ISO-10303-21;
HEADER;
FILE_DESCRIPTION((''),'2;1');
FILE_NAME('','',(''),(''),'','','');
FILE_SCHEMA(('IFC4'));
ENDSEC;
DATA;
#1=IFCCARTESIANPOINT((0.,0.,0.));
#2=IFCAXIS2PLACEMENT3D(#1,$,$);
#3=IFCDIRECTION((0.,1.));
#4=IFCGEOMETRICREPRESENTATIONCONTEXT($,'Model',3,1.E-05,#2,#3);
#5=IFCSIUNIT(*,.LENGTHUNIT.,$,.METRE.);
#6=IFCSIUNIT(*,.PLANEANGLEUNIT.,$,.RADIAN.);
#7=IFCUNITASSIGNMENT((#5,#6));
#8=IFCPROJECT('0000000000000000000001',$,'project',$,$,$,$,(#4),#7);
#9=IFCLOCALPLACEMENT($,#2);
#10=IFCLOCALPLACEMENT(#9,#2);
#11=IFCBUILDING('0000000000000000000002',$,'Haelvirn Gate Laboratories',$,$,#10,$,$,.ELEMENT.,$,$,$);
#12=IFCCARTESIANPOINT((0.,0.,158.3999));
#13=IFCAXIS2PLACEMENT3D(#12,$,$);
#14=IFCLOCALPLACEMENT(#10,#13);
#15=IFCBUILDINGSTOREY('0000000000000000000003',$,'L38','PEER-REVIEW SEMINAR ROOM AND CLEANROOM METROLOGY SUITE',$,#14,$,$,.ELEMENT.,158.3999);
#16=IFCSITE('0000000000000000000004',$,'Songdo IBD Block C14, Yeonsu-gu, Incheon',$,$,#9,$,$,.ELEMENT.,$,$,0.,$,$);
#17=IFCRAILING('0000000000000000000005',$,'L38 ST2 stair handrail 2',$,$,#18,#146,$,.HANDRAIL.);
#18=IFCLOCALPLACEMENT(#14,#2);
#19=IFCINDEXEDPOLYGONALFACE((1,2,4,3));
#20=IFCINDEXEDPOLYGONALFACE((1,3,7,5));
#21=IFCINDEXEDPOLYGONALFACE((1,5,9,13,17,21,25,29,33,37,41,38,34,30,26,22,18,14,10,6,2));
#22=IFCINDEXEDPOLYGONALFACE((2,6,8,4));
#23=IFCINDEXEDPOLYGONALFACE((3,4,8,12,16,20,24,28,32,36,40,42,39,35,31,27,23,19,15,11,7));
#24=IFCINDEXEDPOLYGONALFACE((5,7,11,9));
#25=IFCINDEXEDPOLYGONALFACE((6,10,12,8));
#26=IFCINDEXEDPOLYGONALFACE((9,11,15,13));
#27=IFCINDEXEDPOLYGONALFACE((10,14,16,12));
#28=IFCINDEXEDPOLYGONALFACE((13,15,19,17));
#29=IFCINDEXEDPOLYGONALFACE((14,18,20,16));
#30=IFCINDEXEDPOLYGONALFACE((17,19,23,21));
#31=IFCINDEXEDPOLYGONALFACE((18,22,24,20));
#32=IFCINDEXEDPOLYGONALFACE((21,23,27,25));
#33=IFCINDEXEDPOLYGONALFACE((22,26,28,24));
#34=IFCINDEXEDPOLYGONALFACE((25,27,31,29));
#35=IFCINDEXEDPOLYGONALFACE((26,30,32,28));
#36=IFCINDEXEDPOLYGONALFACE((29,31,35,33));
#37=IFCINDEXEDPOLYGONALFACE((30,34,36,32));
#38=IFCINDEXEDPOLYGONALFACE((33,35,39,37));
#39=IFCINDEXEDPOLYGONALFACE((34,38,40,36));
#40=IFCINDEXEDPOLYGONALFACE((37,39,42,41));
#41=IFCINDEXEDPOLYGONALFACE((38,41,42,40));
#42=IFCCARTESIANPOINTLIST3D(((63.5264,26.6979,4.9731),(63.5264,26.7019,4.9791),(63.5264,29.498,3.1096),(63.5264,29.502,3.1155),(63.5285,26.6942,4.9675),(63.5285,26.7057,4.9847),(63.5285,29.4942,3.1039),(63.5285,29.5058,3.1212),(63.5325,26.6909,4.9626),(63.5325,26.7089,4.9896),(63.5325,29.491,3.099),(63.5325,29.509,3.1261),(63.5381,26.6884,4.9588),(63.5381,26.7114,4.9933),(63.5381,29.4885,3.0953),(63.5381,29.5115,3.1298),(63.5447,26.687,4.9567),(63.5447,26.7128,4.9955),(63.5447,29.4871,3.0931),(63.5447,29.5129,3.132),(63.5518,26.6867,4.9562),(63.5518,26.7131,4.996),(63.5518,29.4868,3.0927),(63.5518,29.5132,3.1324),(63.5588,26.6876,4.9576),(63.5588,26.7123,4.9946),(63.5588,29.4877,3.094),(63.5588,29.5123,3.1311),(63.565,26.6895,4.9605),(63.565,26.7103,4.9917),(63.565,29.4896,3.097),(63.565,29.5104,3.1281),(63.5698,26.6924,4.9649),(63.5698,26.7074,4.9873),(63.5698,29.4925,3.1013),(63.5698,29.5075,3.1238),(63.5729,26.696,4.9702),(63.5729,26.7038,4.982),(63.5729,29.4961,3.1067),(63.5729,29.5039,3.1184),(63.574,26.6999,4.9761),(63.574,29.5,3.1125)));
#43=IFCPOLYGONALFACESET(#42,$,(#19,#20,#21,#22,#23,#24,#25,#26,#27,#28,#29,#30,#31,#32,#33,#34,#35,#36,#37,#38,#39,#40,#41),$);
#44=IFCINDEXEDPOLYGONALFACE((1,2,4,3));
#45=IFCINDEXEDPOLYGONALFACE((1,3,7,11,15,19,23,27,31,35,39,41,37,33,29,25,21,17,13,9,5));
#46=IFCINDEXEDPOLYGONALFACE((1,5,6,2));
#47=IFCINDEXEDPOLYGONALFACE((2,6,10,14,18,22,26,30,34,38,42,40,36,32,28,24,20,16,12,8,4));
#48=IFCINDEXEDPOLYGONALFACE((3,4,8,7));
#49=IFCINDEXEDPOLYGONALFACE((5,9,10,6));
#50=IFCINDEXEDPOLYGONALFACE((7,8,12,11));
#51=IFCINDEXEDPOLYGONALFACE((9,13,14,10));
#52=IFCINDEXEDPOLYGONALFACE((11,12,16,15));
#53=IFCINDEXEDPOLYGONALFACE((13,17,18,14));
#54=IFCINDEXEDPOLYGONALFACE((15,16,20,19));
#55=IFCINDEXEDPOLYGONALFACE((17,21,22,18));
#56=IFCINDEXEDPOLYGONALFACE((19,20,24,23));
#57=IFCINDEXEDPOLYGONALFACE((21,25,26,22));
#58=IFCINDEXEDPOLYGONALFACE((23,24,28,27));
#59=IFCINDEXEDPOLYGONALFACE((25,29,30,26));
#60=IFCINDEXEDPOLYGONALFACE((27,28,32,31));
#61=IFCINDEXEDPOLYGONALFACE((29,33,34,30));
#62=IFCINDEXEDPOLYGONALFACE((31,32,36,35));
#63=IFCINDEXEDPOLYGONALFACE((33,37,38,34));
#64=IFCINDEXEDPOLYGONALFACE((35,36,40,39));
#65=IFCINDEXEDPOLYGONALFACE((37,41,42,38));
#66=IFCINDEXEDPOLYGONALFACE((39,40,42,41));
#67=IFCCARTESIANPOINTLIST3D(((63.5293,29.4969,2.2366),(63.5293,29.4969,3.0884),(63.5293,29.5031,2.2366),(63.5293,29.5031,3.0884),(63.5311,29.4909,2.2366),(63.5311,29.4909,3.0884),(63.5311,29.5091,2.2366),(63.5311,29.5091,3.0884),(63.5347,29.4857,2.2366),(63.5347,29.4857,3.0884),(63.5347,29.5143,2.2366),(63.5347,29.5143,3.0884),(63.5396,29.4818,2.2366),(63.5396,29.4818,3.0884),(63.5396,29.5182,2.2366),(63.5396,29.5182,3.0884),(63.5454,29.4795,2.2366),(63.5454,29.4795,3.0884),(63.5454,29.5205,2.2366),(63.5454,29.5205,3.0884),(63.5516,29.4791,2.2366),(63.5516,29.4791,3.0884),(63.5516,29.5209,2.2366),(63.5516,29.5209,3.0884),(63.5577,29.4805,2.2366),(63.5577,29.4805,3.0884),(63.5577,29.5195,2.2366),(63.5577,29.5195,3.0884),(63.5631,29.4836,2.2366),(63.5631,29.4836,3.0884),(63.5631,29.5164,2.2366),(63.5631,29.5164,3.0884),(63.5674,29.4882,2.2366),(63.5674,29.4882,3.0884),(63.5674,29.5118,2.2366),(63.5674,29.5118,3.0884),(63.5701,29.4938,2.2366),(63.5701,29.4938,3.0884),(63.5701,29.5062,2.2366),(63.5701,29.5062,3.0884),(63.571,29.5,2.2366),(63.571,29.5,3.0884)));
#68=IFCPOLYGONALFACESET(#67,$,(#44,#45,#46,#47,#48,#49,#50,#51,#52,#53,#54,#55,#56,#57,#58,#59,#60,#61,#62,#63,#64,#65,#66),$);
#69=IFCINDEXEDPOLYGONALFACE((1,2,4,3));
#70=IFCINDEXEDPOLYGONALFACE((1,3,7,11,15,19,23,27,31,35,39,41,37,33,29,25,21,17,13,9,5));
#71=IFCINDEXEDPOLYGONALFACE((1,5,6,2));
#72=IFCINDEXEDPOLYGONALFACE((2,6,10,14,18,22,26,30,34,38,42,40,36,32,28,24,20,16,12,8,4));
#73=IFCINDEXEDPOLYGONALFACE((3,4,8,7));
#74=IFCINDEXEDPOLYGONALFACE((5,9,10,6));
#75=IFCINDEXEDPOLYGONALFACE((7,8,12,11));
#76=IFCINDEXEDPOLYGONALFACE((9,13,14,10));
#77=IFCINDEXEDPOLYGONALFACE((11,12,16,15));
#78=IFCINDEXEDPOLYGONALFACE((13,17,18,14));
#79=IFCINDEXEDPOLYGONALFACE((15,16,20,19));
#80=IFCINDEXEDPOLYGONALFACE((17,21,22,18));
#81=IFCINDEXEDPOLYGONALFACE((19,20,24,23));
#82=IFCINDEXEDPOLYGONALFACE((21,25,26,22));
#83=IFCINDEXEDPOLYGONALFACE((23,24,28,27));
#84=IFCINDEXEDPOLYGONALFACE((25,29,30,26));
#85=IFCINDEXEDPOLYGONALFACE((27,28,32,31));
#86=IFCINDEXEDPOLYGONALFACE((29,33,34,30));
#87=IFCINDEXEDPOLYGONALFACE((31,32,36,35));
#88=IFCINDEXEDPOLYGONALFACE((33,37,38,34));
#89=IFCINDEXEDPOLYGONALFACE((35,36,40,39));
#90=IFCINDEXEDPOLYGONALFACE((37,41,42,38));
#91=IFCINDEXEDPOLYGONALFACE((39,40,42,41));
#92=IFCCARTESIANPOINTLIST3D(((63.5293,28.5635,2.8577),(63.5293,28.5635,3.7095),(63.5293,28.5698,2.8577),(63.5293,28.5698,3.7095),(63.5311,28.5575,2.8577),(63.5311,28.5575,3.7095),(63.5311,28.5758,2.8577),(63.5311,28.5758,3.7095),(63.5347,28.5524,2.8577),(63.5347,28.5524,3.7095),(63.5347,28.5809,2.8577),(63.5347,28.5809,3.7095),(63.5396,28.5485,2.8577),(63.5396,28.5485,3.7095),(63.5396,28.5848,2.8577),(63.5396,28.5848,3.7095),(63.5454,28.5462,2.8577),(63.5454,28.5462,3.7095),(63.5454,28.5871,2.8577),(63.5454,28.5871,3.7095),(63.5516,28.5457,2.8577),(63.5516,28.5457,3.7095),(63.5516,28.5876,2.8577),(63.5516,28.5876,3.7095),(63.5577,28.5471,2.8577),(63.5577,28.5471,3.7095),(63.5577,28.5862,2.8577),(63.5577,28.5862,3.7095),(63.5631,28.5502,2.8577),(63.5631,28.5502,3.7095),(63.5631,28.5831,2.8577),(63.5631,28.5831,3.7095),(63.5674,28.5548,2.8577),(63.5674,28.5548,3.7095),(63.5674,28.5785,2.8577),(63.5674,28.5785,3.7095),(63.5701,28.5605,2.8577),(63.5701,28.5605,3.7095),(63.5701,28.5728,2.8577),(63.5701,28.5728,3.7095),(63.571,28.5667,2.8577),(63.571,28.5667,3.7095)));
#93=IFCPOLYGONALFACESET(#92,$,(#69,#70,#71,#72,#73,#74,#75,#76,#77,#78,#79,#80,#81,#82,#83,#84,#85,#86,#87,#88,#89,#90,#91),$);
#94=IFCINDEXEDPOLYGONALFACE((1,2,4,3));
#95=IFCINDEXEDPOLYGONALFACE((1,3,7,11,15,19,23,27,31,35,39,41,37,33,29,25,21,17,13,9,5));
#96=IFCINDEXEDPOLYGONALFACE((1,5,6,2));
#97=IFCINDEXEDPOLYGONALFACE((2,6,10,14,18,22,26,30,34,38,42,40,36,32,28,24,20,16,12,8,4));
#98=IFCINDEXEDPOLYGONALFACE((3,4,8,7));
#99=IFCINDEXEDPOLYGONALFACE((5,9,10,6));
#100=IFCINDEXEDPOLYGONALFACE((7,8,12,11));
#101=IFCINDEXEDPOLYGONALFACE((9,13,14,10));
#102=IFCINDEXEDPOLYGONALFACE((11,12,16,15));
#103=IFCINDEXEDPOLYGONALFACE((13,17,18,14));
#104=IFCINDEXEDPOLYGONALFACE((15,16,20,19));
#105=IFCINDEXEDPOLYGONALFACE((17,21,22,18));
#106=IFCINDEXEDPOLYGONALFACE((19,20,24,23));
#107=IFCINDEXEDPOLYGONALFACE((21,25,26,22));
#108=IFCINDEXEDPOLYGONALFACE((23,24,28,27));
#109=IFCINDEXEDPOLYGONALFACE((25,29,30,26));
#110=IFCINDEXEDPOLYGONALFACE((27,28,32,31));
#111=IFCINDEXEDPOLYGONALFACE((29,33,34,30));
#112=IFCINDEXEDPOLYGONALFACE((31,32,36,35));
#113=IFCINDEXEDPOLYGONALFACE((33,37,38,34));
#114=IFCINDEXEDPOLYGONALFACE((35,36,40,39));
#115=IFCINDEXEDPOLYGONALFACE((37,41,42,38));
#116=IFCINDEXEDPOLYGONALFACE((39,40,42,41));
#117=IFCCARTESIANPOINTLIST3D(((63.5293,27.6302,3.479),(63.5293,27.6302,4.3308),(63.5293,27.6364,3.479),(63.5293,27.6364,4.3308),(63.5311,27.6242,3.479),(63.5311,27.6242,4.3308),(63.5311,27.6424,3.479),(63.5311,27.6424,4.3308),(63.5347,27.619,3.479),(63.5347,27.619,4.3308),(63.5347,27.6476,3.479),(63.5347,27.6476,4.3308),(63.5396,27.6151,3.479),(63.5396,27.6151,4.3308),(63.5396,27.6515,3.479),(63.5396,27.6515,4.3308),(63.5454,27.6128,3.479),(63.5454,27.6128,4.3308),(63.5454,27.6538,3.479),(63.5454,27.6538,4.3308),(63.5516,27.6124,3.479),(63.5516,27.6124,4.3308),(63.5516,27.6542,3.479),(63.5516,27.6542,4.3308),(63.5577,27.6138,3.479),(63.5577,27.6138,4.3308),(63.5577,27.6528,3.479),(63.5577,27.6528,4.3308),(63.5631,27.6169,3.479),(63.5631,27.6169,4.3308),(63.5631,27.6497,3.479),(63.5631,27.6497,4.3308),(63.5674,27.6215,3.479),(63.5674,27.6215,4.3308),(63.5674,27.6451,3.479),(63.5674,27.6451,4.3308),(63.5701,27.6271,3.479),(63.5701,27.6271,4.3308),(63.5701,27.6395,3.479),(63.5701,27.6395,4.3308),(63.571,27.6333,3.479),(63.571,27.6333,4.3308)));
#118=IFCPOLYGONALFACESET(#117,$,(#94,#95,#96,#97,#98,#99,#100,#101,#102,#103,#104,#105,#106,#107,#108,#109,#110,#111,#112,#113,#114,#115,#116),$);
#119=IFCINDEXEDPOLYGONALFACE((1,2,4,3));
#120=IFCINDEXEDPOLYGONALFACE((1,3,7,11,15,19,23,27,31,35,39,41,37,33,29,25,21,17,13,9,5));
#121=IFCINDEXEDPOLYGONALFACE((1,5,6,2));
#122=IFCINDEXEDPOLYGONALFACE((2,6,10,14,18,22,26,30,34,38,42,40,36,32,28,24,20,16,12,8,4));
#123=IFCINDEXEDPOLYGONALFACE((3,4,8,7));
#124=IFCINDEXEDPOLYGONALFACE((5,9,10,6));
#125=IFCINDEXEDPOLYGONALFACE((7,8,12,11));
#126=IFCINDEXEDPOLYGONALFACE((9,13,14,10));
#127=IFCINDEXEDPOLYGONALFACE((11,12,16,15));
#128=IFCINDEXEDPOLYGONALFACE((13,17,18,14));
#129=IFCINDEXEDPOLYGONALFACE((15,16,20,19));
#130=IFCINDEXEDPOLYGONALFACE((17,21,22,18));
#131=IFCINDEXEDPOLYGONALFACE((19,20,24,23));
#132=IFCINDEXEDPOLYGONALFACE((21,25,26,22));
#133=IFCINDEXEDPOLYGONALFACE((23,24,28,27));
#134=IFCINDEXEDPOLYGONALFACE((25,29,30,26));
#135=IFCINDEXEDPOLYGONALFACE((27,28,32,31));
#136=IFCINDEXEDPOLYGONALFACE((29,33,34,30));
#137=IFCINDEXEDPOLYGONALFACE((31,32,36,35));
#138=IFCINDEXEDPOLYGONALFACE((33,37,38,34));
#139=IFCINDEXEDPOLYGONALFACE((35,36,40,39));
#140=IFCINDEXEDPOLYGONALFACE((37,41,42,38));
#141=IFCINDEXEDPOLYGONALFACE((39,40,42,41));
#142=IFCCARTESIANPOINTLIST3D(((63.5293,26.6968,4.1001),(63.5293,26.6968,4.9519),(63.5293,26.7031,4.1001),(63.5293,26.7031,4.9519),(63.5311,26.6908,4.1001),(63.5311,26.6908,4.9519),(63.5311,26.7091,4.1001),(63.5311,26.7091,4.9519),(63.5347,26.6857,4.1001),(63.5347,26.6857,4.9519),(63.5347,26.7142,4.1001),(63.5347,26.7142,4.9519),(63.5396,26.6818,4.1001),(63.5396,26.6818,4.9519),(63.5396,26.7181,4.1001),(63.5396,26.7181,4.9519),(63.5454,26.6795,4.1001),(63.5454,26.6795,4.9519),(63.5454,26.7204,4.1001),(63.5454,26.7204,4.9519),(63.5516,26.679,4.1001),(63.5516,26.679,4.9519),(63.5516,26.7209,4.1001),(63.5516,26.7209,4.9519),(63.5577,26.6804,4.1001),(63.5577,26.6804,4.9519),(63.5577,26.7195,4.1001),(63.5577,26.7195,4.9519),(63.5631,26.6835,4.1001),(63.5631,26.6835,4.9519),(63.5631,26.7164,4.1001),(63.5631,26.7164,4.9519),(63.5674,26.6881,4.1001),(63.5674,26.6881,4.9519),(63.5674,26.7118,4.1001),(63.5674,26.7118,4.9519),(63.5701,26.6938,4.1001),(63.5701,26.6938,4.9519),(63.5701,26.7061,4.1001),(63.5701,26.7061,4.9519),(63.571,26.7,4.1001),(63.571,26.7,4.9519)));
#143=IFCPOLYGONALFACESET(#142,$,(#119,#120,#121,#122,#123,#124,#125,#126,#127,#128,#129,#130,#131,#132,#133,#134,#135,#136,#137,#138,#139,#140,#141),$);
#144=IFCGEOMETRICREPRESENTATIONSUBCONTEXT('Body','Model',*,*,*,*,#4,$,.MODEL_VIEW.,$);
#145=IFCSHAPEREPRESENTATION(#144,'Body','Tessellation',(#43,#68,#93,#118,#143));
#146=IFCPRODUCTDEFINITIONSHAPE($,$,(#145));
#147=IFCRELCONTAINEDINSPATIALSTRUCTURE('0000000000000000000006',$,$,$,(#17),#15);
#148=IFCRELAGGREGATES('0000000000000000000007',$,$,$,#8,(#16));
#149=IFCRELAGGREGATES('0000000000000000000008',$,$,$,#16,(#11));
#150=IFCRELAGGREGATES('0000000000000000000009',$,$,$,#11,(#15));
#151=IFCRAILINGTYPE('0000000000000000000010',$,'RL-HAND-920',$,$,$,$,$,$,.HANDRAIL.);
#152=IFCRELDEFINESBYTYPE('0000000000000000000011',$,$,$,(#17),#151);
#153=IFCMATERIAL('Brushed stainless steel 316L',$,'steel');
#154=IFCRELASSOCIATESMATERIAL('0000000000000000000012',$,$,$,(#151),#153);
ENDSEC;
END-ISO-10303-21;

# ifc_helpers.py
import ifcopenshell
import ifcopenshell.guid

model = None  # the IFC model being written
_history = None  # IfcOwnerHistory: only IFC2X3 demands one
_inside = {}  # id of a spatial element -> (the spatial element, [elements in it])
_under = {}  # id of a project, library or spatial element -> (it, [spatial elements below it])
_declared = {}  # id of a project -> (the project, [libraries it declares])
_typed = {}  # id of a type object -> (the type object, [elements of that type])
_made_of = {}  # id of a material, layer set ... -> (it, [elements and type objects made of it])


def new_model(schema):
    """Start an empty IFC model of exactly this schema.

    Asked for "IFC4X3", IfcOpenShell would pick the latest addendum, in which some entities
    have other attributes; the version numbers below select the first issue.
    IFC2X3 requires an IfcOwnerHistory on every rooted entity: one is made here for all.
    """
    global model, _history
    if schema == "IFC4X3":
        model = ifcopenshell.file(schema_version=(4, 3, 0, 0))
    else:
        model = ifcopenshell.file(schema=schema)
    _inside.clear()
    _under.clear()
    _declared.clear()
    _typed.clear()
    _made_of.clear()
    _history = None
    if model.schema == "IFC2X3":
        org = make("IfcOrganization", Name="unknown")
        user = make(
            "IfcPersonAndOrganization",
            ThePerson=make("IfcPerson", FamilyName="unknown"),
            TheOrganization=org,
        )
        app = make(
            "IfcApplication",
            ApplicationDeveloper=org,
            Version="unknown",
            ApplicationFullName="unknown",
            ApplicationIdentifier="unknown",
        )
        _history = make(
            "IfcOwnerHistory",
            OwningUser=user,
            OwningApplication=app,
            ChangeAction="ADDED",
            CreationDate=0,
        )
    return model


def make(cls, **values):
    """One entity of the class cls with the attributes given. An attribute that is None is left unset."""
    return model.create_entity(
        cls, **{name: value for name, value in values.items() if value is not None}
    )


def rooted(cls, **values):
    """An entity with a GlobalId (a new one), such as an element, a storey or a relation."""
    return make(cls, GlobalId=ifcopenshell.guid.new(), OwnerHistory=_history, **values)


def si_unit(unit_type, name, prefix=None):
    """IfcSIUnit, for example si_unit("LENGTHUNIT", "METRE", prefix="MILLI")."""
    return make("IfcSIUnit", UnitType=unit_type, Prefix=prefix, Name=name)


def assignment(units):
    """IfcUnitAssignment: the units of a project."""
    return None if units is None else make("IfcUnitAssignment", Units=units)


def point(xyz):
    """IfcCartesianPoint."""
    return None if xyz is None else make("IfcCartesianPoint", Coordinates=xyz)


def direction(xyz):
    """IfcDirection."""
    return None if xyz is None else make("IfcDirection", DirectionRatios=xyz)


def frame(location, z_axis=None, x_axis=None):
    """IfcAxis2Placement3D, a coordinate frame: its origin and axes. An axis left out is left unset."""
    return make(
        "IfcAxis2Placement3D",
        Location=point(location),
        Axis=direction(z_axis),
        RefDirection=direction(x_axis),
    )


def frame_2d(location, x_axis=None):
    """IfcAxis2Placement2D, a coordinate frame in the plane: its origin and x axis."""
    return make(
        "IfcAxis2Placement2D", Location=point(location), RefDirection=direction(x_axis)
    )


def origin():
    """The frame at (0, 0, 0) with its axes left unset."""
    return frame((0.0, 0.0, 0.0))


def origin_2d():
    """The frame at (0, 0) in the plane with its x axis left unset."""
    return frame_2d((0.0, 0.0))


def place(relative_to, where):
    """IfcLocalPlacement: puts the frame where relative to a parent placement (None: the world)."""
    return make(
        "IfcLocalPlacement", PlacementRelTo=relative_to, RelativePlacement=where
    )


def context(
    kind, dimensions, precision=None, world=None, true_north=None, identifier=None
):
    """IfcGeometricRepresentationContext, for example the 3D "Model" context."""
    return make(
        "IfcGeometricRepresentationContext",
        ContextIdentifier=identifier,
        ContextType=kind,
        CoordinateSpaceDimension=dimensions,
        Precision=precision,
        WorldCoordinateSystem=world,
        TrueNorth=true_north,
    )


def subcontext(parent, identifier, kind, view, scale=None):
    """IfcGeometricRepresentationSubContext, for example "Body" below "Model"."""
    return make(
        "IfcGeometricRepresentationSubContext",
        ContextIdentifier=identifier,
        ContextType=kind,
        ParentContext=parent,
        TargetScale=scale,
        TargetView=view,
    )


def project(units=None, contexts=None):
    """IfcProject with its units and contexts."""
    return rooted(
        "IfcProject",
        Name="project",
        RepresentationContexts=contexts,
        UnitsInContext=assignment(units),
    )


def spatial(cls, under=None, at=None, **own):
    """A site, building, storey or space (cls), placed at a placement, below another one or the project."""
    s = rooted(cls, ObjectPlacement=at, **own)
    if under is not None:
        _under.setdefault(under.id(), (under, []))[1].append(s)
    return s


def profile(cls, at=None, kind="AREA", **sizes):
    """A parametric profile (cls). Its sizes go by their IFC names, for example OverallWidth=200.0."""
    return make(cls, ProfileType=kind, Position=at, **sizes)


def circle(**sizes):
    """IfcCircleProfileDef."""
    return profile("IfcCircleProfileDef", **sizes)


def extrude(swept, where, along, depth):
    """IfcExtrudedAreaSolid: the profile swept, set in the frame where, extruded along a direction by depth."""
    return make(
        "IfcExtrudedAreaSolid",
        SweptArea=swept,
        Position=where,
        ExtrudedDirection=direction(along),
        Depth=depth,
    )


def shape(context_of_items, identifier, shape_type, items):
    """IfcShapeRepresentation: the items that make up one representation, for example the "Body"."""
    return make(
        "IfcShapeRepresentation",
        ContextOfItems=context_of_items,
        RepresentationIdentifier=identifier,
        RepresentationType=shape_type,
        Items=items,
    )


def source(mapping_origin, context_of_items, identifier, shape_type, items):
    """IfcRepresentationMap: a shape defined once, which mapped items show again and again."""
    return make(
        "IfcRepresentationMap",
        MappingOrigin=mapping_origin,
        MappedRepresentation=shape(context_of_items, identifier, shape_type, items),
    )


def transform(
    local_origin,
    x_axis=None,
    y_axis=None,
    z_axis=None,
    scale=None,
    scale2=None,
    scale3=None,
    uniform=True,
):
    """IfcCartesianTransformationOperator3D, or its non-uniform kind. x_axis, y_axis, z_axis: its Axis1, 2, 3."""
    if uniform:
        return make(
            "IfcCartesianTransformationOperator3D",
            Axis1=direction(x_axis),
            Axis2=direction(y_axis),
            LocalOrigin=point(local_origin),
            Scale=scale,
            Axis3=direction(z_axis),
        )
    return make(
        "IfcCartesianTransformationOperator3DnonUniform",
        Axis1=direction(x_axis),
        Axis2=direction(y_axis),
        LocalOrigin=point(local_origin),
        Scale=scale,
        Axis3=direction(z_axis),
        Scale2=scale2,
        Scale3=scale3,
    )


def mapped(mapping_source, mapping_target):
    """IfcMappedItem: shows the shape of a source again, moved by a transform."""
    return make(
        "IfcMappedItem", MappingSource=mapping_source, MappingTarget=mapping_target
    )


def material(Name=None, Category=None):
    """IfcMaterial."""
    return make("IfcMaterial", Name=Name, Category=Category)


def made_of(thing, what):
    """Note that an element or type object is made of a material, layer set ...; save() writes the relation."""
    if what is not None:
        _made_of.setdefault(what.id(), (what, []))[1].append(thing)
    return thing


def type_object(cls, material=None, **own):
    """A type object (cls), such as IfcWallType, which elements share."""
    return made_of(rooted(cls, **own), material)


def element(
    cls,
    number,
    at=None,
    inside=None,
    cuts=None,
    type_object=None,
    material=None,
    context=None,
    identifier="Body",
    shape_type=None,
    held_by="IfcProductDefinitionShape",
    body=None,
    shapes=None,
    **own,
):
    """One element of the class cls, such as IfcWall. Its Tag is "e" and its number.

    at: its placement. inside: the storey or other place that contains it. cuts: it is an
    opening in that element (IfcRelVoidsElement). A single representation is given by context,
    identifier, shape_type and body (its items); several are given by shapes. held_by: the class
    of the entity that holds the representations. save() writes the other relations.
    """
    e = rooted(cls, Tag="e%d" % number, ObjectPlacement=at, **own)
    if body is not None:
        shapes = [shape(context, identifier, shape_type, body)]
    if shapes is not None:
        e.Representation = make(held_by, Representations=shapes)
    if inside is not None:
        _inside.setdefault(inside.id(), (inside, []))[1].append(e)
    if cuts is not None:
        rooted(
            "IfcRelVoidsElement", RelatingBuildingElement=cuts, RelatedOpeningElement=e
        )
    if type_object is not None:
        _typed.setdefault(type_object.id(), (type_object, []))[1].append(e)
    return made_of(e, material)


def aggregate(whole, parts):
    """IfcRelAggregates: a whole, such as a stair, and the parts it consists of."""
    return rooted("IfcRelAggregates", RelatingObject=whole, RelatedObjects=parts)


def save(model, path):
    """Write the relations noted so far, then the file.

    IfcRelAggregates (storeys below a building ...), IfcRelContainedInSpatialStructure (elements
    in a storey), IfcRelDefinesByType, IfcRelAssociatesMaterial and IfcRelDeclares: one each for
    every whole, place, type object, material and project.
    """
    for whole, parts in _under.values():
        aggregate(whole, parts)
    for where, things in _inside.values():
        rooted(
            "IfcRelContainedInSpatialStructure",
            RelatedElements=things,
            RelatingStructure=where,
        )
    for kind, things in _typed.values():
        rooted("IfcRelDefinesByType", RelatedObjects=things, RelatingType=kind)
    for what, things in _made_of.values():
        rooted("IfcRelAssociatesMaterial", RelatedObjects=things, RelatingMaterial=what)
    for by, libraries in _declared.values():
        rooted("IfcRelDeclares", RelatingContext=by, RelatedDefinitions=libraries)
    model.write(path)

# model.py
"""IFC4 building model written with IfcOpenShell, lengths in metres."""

from ifc_helpers import new_model, si_unit, direction, frame, origin, origin_2d, place, context, subcontext, project, spatial, circle, extrude, source, transform, mapped, material, type_object, element, save


model = new_model("IFC4")

# Units and contexts
model_context = context("Model", 3, precision=1e-05, world=origin(), true_north=direction((0.0, 1.0)))
body_context = subcontext(model_context, "Body", "Model", "MODEL_VIEW")
ifc_project = project(units=[si_unit("LENGTHUNIT", "METRE"), si_unit("PLANEANGLEUNIT", "RADIAN")], contexts=[model_context])

# Site, building, storey
site_placement = place(None, origin())
site = spatial("IfcSite", under=ifc_project, at=site_placement, Name="Songdo IBD Block C14, Yeonsu-gu, Incheon", CompositionType="ELEMENT", RefElevation=0.0)
building_placement = place(site_placement, origin())
building = spatial("IfcBuilding", under=site, at=building_placement, Name="Haelvirn Gate Laboratories", CompositionType="ELEMENT")
storey_placement = place(building_placement, frame((0.0, 0.0, 158.3999)))
storey = spatial("IfcBuildingStorey", under=building, at=storey_placement, Name="L38", Description="PEER-REVIEW SEMINAR ROOM AND CLEANROOM METROLOGY SUITE", CompositionType="ELEMENT", Elevation=158.3999)

# Railing
ifc_material_1 = material(Name="Brushed stainless steel 316L", Category="steel")
railing_type_1 = type_object("IfcRailingType", Name="RL-HAND-920", PredefinedType="HANDRAIL", material=ifc_material_1)
shared_shape_1 = source(origin(), body_context, "Body", "SweptSolid", [
    extrude(circle(Radius=0.0239, at=origin_2d()), frame((0.0, 0.0, 0.876), z_axis=(0.0, -0.832486, 0.554047), x_axis=(1.0, 0.0, 0.0)), (0.0, 0.0, 1.0), 3.3635),
    extrude(circle(Radius=0.021, at=origin_2d()), origin(), (0.0, 0.0, 1.0), 0.8518),
    extrude(circle(Radius=0.021, at=origin_2d()), frame((0.0, -0.9333, 0.6211)), (0.0, 0.0, 1.0), 0.8518),
    extrude(circle(Radius=0.021, at=origin_2d()), frame((0.0, -1.8667, 1.2424)), (0.0, 0.0, 1.0), 0.8518),
    extrude(circle(Radius=0.021, at=origin_2d()), frame((0.0, -2.8, 1.8635)), (0.0, 0.0, 1.0), 0.8518),
])
railing_1_placement = place(storey_placement, frame((63.55, 29.5, 2.2366)))
element("IfcRailing", 1, at=railing_1_placement, inside=storey, type_object=railing_type_1, Name="L38 ST2 stair handrail 2", PredefinedType="HANDRAIL", context=body_context, shape_type="MappedRepresentation", body=[
    mapped(shared_shape_1, transform((0.0, 0.0, 0.0), scale=1.0)),
])

save(model, "model.ifc")
